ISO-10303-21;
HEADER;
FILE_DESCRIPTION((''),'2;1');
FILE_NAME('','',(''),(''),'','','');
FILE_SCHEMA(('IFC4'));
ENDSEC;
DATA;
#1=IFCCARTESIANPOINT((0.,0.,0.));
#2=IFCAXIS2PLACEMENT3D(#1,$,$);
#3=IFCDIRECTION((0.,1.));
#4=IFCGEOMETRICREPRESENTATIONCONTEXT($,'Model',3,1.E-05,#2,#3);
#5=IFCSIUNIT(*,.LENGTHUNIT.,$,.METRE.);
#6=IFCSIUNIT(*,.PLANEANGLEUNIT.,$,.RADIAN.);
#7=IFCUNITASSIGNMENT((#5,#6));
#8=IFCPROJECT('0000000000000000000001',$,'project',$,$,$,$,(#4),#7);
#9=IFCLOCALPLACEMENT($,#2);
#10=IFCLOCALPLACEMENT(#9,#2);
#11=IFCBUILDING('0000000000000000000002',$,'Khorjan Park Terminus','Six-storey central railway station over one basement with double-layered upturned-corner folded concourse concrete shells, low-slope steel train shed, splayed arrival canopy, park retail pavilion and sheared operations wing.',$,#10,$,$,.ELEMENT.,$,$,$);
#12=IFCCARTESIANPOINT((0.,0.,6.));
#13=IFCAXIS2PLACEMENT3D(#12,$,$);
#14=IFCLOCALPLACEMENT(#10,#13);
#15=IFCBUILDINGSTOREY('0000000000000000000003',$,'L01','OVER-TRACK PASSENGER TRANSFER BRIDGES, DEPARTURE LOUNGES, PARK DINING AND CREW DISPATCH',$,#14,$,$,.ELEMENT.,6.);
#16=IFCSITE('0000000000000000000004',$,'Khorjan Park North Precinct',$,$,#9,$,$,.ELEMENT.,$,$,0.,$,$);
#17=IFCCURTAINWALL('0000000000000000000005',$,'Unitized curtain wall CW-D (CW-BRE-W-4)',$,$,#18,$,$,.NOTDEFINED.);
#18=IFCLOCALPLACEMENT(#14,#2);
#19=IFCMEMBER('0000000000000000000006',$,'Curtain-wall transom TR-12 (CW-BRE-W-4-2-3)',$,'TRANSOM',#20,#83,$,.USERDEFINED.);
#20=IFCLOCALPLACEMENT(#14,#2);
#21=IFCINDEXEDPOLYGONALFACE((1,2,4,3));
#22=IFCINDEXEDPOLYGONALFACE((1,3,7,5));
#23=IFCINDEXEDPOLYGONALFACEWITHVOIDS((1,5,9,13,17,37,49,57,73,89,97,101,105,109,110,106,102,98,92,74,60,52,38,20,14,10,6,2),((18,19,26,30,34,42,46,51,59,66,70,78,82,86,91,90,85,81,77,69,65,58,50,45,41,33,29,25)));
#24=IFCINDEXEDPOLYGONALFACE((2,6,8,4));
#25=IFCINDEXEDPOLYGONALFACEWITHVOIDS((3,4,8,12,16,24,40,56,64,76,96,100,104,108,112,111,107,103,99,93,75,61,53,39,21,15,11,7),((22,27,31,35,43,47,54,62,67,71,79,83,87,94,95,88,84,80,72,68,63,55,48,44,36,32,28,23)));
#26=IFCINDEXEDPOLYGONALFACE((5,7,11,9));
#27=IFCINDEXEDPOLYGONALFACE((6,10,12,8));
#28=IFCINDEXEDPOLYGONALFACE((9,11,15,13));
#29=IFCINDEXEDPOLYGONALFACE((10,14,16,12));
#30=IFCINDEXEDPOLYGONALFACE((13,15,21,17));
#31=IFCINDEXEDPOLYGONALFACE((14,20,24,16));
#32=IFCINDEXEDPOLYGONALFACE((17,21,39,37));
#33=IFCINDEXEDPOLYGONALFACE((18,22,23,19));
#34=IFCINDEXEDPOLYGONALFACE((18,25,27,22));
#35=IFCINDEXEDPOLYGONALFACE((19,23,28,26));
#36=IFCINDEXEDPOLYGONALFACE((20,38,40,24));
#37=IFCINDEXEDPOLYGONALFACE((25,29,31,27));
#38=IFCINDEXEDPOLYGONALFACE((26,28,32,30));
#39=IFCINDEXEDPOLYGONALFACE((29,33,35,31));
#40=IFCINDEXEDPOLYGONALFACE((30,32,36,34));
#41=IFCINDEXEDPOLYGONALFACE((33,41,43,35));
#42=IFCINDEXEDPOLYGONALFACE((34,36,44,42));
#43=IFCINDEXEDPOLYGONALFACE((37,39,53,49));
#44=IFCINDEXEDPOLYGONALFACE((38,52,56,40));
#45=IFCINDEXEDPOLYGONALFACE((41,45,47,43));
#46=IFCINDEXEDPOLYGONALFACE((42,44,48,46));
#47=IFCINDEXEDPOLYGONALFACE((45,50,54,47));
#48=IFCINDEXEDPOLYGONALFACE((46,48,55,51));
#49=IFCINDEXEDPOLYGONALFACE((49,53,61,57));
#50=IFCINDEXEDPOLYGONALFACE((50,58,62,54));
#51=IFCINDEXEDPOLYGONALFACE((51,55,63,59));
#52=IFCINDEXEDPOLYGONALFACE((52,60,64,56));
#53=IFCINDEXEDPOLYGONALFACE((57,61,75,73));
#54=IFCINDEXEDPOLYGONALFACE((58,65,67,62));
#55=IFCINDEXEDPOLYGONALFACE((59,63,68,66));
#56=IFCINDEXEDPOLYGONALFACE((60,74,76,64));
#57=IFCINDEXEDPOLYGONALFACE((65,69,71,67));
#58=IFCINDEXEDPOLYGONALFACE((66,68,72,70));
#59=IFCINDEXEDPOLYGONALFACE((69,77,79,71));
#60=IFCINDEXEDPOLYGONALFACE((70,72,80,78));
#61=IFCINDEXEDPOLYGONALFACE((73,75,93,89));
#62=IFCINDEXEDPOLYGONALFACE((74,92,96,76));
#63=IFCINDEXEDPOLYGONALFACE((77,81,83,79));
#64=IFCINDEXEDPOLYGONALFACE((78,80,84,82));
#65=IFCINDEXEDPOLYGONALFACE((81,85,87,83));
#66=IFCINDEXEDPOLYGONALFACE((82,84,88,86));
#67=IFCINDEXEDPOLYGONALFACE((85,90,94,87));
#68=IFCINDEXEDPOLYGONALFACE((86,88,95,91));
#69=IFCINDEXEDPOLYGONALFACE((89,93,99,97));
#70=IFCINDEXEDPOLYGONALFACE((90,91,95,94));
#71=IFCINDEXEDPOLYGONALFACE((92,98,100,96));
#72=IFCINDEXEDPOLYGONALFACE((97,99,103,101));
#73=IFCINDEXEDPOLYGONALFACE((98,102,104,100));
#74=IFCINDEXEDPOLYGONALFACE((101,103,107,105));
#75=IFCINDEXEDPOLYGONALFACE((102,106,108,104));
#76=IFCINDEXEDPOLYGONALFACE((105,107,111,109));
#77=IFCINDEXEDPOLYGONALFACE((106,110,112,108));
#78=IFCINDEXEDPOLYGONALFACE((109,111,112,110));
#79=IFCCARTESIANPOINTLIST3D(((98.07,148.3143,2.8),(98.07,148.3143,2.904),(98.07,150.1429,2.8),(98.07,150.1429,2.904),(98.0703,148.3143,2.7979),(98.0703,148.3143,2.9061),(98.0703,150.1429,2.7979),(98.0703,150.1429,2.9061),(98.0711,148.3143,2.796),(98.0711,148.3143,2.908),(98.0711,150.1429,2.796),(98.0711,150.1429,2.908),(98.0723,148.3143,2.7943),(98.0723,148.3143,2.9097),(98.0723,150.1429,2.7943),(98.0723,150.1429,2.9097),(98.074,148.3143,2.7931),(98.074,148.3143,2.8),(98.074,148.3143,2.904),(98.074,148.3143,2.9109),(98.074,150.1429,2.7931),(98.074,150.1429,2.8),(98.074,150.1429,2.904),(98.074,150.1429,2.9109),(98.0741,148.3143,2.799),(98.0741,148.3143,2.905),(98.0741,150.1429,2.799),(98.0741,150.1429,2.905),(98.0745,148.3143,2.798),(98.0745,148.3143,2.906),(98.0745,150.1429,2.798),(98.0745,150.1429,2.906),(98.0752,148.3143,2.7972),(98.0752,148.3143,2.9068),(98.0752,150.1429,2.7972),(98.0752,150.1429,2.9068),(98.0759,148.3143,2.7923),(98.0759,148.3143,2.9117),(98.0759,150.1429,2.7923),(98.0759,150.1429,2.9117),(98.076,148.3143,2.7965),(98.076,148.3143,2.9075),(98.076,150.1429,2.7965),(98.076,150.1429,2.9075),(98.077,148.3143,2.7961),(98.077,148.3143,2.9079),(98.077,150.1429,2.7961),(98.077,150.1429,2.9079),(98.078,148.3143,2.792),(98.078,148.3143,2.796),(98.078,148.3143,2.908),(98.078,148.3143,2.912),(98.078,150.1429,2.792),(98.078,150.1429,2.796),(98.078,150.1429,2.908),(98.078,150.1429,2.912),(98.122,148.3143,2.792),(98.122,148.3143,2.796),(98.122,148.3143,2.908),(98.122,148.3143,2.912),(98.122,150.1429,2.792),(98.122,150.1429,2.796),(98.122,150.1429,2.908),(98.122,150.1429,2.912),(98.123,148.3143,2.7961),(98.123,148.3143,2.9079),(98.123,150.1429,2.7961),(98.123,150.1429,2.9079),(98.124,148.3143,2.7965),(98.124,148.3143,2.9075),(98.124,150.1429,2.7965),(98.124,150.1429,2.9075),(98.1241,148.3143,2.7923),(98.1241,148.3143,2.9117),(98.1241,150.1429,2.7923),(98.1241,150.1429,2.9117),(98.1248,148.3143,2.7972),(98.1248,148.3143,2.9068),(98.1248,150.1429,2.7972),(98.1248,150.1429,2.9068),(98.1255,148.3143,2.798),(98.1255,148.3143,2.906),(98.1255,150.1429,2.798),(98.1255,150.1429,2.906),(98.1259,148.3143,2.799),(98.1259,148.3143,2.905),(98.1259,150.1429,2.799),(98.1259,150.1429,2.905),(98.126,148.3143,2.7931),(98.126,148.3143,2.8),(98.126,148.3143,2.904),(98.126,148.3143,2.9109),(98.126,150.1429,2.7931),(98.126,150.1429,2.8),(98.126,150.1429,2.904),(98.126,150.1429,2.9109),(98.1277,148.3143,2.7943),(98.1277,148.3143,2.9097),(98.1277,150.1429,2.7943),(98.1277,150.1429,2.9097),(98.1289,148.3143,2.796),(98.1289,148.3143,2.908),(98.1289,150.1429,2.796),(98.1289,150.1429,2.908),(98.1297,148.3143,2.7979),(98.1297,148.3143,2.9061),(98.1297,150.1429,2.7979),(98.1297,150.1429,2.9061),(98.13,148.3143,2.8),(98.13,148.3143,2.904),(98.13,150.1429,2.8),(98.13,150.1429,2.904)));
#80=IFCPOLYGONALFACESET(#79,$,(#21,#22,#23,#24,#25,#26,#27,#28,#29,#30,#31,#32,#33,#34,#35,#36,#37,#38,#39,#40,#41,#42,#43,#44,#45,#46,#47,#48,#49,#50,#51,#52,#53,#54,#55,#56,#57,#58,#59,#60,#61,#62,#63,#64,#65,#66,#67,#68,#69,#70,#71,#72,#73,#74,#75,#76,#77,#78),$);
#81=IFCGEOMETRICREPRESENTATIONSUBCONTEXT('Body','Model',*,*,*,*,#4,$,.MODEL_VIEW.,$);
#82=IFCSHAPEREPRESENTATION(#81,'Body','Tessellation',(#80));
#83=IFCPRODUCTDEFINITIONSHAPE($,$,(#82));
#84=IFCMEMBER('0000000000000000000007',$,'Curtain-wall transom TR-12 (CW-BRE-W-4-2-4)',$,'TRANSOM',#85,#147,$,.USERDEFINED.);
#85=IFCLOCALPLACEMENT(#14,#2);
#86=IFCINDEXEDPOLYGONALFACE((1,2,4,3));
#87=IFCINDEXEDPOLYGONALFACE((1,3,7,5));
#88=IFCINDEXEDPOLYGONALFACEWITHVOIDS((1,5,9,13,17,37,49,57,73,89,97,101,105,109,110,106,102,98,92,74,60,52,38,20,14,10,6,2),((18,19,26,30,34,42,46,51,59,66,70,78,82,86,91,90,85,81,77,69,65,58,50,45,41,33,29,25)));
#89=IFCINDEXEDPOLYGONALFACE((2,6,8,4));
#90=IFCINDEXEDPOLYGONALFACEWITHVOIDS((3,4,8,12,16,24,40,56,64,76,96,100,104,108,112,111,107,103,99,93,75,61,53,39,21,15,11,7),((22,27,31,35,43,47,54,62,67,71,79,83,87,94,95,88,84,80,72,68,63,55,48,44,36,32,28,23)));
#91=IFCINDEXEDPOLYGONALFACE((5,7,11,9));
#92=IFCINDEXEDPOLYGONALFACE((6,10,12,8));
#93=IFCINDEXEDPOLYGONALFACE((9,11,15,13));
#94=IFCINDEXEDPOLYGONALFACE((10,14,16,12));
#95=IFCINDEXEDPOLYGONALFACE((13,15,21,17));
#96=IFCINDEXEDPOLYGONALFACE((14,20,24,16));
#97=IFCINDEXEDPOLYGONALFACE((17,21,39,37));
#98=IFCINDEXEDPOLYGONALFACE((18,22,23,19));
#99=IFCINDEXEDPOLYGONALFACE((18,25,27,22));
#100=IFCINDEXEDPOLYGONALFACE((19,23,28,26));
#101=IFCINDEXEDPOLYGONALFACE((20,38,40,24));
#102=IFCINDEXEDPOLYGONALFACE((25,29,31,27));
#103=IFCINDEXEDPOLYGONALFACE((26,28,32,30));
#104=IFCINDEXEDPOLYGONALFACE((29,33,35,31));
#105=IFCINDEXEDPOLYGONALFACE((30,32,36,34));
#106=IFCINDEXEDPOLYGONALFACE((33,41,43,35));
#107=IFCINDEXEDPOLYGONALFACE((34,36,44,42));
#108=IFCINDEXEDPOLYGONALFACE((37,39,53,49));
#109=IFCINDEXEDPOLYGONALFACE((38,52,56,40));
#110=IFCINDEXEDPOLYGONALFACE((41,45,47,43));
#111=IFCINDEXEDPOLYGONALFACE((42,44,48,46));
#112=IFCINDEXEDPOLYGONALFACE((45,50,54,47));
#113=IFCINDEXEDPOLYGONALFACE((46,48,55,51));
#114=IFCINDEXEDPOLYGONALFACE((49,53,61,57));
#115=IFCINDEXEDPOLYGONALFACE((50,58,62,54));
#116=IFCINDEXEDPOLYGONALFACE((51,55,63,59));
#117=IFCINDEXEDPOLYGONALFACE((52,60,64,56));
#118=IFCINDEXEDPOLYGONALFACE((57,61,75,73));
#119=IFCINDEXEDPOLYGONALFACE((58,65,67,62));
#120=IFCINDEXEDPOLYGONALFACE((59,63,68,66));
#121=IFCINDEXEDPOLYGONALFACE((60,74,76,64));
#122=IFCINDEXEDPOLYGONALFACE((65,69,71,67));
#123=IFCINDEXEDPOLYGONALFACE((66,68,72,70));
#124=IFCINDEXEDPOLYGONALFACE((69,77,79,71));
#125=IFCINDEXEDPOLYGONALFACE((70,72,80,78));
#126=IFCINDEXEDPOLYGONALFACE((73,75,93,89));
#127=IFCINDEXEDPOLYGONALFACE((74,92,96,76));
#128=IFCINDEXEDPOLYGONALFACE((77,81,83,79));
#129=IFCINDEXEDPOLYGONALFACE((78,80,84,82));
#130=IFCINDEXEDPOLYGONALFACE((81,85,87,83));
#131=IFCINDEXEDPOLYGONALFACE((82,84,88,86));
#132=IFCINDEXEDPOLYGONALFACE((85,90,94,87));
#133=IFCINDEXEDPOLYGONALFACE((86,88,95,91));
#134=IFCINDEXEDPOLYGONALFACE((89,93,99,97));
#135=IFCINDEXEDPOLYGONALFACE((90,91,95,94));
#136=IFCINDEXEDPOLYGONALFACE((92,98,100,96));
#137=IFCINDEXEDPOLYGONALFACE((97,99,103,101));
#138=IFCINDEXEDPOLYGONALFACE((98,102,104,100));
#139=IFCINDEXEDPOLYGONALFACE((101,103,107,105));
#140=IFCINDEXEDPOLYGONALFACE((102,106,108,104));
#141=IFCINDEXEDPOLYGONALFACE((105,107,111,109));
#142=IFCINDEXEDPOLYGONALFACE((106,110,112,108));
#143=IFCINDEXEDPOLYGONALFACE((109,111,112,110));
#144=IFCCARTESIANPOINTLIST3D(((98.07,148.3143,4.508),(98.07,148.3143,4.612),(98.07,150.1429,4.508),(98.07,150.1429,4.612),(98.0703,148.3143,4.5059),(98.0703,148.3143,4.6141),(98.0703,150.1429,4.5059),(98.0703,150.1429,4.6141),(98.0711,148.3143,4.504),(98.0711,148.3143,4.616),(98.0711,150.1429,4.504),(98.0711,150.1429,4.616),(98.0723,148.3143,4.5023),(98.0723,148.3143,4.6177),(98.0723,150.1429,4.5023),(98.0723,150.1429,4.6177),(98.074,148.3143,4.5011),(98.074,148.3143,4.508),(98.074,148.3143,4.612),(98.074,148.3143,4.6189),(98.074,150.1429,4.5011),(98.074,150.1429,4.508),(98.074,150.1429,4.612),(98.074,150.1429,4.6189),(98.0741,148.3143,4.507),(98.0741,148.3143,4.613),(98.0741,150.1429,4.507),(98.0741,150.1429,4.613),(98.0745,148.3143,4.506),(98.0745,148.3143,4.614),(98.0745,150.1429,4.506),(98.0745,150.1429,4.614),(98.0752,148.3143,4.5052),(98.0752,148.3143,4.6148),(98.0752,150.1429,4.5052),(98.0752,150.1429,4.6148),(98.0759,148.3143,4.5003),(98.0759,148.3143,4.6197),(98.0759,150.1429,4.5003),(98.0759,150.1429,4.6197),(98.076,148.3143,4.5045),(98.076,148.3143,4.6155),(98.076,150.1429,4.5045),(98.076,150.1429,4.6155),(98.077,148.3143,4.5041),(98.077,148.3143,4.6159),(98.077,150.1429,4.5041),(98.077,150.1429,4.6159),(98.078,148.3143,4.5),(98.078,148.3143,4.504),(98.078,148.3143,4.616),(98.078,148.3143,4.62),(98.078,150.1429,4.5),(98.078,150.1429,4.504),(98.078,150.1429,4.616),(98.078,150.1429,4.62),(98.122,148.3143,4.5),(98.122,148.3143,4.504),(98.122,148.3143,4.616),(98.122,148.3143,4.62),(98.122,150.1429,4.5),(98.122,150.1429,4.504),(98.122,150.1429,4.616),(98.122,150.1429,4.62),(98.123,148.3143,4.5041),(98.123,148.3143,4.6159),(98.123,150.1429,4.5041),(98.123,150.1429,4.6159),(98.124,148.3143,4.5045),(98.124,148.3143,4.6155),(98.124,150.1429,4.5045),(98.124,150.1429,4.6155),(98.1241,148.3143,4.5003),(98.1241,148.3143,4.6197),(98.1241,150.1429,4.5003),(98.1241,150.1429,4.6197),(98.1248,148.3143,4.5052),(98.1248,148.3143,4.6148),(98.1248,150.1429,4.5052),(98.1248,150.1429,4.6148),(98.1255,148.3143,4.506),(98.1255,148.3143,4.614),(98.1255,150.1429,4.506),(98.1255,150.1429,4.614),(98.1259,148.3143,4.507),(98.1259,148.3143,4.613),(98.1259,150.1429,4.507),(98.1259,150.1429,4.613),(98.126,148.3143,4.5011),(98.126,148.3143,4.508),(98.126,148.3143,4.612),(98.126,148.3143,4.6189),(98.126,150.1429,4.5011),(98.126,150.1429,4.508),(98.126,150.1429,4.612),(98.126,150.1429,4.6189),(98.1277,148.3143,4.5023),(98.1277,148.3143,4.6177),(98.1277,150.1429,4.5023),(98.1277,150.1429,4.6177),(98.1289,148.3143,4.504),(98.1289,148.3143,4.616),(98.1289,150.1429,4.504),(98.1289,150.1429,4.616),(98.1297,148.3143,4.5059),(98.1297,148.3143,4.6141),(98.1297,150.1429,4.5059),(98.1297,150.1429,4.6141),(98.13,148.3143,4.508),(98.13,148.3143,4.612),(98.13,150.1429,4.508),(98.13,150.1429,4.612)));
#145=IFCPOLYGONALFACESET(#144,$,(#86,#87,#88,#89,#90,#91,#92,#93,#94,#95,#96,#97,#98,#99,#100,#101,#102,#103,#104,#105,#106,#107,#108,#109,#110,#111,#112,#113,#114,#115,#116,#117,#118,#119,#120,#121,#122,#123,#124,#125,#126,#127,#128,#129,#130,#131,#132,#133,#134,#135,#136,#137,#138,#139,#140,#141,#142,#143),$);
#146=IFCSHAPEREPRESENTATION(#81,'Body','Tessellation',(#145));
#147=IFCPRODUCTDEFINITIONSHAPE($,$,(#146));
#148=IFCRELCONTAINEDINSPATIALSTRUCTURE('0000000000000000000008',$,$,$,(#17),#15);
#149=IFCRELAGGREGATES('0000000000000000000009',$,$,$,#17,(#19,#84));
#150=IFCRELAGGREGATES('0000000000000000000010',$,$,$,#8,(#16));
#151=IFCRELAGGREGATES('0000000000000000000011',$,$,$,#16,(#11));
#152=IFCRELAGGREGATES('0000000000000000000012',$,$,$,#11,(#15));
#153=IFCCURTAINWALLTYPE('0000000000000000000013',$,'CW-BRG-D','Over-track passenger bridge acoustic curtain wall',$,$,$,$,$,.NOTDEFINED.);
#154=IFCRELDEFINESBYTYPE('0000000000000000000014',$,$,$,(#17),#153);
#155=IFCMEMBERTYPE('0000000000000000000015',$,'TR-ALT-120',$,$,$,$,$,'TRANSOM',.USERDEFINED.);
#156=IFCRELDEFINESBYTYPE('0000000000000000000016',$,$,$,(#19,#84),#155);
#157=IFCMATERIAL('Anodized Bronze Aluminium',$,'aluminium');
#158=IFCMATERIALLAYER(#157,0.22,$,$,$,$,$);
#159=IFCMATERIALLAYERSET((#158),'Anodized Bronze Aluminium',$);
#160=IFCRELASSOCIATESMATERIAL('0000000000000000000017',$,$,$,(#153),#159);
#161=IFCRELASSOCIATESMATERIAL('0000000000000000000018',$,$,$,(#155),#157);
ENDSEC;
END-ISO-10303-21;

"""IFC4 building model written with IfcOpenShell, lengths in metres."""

from ifc_helpers import new_model, si_unit, direction, frame, origin, origin_2d, place, context, subcontext, project, spatial, hollow_rectangle, extrude, material, layer, layer_set, material_profile, profile_set, type_object, element, aggregate, save


model = new_model("IFC4")

# Units and contexts
model_context = context("Model", 3, precision=1e-05, world=origin(), true_north=direction((0.0, 1.0)))
body_context = subcontext(model_context, "Body", "Model", "MODEL_VIEW")
ifc_project = project(units=[si_unit("LENGTHUNIT", "METRE"), si_unit("PLANEANGLEUNIT", "RADIAN")], contexts=[model_context])

# Site, building, storey
site_placement = place(None, origin())
site = spatial("IfcSite", under=ifc_project, at=site_placement, Name="Khorjan Park North Precinct", CompositionType="ELEMENT", RefElevation=0.0)
building_placement = place(site_placement, origin())
building = spatial("IfcBuilding", under=site, at=building_placement, Name="Khorjan Park Terminus", Description="Six-storey central railway station over one basement with double-layered upturned-corner folded concourse concrete shells, low-slope steel train shed, splayed arrival canopy, park retail pavilion and sheared operations wing.", CompositionType="ELEMENT")
storey_placement = place(building_placement, frame((0.0, 0.0, 6.0)))
storey = spatial("IfcBuildingStorey", under=building, at=storey_placement, Name="L01", Description="OVER-TRACK PASSENGER TRANSFER BRIDGES, DEPARTURE LOUNGES, PARK DINING AND CREW DISPATCH", CompositionType="ELEMENT", Elevation=6.0)

# Curtain wall, members
ifc_material_1 = material(Name="Anodized Bronze Aluminium", Category="aluminium")
ifc_layer_1 = layer(ifc_material_1, 0.22)
ifc_layer_set_1 = layer_set([ifc_layer_1], Name="Anodized Bronze Aluminium")
curtain_wall_type = type_object("IfcCurtainWallType", Name="CW-BRG-D", Description="Over-track passenger bridge acoustic curtain wall", PredefinedType="NOTDEFINED", material=ifc_layer_set_1)
curtain_wall_1_placement = place(storey_placement, origin())
curtain_wall_1 = element("IfcCurtainWall", 1, at=curtain_wall_1_placement, inside=storey, type_object=curtain_wall_type, Name="Unitized curtain wall CW-D (CW-BRE-W-4)", PredefinedType="NOTDEFINED")
ifc_material_profile_1 = material_profile(ifc_material_1, hollow_rectangle(XDim=0.06, YDim=0.12, WallThickness=0.004, InnerFilletRadius=0.004, OuterFilletRadius=0.008, at=origin_2d()), Name="ALT 60x120x4")
ifc_profile_set_1 = profile_set([ifc_material_profile_1], Name="Anodized Bronze Aluminium")
member_type_1 = type_object("IfcMemberType", Name="TR-ALT-120", ElementType="TRANSOM", PredefinedType="USERDEFINED", material=ifc_profile_set_1)
member_1_placement = place(storey_placement, frame((98.1, 150.1429, 2.852), z_axis=(0.0, -1.0, 0.0), x_axis=(1.0, 0.0, 0.0)))
member_1 = element("IfcMember", 2, at=member_1_placement, type_object=member_type_1, Name="Curtain-wall transom TR-12 (CW-BRE-W-4-2-3)", ObjectType="TRANSOM", PredefinedType="USERDEFINED", context=body_context, shape_type="SweptSolid", body=[
    extrude(hollow_rectangle(XDim=0.06, YDim=0.12, WallThickness=0.004, InnerFilletRadius=0.004, OuterFilletRadius=0.008, at=origin_2d()), origin(), (0.0, 0.0, 1.0), 1.8286),
])
member_2_placement = place(storey_placement, frame((98.1, 150.1429, 4.56), z_axis=(0.0, -1.0, 0.0), x_axis=(1.0, 0.0, 0.0)))
member_2 = element("IfcMember", 3, at=member_2_placement, type_object=member_type_1, Name="Curtain-wall transom TR-12 (CW-BRE-W-4-2-4)", ObjectType="TRANSOM", PredefinedType="USERDEFINED", context=body_context, shape_type="SweptSolid", body=[
    extrude(hollow_rectangle(XDim=0.06, YDim=0.12, WallThickness=0.004, InnerFilletRadius=0.004, OuterFilletRadius=0.008, at=origin_2d()), origin(), (0.0, 0.0, 1.0), 1.8286),
])

aggregate(curtain_wall_1, [member_1, member_2])

save(model, "model.ifc")
